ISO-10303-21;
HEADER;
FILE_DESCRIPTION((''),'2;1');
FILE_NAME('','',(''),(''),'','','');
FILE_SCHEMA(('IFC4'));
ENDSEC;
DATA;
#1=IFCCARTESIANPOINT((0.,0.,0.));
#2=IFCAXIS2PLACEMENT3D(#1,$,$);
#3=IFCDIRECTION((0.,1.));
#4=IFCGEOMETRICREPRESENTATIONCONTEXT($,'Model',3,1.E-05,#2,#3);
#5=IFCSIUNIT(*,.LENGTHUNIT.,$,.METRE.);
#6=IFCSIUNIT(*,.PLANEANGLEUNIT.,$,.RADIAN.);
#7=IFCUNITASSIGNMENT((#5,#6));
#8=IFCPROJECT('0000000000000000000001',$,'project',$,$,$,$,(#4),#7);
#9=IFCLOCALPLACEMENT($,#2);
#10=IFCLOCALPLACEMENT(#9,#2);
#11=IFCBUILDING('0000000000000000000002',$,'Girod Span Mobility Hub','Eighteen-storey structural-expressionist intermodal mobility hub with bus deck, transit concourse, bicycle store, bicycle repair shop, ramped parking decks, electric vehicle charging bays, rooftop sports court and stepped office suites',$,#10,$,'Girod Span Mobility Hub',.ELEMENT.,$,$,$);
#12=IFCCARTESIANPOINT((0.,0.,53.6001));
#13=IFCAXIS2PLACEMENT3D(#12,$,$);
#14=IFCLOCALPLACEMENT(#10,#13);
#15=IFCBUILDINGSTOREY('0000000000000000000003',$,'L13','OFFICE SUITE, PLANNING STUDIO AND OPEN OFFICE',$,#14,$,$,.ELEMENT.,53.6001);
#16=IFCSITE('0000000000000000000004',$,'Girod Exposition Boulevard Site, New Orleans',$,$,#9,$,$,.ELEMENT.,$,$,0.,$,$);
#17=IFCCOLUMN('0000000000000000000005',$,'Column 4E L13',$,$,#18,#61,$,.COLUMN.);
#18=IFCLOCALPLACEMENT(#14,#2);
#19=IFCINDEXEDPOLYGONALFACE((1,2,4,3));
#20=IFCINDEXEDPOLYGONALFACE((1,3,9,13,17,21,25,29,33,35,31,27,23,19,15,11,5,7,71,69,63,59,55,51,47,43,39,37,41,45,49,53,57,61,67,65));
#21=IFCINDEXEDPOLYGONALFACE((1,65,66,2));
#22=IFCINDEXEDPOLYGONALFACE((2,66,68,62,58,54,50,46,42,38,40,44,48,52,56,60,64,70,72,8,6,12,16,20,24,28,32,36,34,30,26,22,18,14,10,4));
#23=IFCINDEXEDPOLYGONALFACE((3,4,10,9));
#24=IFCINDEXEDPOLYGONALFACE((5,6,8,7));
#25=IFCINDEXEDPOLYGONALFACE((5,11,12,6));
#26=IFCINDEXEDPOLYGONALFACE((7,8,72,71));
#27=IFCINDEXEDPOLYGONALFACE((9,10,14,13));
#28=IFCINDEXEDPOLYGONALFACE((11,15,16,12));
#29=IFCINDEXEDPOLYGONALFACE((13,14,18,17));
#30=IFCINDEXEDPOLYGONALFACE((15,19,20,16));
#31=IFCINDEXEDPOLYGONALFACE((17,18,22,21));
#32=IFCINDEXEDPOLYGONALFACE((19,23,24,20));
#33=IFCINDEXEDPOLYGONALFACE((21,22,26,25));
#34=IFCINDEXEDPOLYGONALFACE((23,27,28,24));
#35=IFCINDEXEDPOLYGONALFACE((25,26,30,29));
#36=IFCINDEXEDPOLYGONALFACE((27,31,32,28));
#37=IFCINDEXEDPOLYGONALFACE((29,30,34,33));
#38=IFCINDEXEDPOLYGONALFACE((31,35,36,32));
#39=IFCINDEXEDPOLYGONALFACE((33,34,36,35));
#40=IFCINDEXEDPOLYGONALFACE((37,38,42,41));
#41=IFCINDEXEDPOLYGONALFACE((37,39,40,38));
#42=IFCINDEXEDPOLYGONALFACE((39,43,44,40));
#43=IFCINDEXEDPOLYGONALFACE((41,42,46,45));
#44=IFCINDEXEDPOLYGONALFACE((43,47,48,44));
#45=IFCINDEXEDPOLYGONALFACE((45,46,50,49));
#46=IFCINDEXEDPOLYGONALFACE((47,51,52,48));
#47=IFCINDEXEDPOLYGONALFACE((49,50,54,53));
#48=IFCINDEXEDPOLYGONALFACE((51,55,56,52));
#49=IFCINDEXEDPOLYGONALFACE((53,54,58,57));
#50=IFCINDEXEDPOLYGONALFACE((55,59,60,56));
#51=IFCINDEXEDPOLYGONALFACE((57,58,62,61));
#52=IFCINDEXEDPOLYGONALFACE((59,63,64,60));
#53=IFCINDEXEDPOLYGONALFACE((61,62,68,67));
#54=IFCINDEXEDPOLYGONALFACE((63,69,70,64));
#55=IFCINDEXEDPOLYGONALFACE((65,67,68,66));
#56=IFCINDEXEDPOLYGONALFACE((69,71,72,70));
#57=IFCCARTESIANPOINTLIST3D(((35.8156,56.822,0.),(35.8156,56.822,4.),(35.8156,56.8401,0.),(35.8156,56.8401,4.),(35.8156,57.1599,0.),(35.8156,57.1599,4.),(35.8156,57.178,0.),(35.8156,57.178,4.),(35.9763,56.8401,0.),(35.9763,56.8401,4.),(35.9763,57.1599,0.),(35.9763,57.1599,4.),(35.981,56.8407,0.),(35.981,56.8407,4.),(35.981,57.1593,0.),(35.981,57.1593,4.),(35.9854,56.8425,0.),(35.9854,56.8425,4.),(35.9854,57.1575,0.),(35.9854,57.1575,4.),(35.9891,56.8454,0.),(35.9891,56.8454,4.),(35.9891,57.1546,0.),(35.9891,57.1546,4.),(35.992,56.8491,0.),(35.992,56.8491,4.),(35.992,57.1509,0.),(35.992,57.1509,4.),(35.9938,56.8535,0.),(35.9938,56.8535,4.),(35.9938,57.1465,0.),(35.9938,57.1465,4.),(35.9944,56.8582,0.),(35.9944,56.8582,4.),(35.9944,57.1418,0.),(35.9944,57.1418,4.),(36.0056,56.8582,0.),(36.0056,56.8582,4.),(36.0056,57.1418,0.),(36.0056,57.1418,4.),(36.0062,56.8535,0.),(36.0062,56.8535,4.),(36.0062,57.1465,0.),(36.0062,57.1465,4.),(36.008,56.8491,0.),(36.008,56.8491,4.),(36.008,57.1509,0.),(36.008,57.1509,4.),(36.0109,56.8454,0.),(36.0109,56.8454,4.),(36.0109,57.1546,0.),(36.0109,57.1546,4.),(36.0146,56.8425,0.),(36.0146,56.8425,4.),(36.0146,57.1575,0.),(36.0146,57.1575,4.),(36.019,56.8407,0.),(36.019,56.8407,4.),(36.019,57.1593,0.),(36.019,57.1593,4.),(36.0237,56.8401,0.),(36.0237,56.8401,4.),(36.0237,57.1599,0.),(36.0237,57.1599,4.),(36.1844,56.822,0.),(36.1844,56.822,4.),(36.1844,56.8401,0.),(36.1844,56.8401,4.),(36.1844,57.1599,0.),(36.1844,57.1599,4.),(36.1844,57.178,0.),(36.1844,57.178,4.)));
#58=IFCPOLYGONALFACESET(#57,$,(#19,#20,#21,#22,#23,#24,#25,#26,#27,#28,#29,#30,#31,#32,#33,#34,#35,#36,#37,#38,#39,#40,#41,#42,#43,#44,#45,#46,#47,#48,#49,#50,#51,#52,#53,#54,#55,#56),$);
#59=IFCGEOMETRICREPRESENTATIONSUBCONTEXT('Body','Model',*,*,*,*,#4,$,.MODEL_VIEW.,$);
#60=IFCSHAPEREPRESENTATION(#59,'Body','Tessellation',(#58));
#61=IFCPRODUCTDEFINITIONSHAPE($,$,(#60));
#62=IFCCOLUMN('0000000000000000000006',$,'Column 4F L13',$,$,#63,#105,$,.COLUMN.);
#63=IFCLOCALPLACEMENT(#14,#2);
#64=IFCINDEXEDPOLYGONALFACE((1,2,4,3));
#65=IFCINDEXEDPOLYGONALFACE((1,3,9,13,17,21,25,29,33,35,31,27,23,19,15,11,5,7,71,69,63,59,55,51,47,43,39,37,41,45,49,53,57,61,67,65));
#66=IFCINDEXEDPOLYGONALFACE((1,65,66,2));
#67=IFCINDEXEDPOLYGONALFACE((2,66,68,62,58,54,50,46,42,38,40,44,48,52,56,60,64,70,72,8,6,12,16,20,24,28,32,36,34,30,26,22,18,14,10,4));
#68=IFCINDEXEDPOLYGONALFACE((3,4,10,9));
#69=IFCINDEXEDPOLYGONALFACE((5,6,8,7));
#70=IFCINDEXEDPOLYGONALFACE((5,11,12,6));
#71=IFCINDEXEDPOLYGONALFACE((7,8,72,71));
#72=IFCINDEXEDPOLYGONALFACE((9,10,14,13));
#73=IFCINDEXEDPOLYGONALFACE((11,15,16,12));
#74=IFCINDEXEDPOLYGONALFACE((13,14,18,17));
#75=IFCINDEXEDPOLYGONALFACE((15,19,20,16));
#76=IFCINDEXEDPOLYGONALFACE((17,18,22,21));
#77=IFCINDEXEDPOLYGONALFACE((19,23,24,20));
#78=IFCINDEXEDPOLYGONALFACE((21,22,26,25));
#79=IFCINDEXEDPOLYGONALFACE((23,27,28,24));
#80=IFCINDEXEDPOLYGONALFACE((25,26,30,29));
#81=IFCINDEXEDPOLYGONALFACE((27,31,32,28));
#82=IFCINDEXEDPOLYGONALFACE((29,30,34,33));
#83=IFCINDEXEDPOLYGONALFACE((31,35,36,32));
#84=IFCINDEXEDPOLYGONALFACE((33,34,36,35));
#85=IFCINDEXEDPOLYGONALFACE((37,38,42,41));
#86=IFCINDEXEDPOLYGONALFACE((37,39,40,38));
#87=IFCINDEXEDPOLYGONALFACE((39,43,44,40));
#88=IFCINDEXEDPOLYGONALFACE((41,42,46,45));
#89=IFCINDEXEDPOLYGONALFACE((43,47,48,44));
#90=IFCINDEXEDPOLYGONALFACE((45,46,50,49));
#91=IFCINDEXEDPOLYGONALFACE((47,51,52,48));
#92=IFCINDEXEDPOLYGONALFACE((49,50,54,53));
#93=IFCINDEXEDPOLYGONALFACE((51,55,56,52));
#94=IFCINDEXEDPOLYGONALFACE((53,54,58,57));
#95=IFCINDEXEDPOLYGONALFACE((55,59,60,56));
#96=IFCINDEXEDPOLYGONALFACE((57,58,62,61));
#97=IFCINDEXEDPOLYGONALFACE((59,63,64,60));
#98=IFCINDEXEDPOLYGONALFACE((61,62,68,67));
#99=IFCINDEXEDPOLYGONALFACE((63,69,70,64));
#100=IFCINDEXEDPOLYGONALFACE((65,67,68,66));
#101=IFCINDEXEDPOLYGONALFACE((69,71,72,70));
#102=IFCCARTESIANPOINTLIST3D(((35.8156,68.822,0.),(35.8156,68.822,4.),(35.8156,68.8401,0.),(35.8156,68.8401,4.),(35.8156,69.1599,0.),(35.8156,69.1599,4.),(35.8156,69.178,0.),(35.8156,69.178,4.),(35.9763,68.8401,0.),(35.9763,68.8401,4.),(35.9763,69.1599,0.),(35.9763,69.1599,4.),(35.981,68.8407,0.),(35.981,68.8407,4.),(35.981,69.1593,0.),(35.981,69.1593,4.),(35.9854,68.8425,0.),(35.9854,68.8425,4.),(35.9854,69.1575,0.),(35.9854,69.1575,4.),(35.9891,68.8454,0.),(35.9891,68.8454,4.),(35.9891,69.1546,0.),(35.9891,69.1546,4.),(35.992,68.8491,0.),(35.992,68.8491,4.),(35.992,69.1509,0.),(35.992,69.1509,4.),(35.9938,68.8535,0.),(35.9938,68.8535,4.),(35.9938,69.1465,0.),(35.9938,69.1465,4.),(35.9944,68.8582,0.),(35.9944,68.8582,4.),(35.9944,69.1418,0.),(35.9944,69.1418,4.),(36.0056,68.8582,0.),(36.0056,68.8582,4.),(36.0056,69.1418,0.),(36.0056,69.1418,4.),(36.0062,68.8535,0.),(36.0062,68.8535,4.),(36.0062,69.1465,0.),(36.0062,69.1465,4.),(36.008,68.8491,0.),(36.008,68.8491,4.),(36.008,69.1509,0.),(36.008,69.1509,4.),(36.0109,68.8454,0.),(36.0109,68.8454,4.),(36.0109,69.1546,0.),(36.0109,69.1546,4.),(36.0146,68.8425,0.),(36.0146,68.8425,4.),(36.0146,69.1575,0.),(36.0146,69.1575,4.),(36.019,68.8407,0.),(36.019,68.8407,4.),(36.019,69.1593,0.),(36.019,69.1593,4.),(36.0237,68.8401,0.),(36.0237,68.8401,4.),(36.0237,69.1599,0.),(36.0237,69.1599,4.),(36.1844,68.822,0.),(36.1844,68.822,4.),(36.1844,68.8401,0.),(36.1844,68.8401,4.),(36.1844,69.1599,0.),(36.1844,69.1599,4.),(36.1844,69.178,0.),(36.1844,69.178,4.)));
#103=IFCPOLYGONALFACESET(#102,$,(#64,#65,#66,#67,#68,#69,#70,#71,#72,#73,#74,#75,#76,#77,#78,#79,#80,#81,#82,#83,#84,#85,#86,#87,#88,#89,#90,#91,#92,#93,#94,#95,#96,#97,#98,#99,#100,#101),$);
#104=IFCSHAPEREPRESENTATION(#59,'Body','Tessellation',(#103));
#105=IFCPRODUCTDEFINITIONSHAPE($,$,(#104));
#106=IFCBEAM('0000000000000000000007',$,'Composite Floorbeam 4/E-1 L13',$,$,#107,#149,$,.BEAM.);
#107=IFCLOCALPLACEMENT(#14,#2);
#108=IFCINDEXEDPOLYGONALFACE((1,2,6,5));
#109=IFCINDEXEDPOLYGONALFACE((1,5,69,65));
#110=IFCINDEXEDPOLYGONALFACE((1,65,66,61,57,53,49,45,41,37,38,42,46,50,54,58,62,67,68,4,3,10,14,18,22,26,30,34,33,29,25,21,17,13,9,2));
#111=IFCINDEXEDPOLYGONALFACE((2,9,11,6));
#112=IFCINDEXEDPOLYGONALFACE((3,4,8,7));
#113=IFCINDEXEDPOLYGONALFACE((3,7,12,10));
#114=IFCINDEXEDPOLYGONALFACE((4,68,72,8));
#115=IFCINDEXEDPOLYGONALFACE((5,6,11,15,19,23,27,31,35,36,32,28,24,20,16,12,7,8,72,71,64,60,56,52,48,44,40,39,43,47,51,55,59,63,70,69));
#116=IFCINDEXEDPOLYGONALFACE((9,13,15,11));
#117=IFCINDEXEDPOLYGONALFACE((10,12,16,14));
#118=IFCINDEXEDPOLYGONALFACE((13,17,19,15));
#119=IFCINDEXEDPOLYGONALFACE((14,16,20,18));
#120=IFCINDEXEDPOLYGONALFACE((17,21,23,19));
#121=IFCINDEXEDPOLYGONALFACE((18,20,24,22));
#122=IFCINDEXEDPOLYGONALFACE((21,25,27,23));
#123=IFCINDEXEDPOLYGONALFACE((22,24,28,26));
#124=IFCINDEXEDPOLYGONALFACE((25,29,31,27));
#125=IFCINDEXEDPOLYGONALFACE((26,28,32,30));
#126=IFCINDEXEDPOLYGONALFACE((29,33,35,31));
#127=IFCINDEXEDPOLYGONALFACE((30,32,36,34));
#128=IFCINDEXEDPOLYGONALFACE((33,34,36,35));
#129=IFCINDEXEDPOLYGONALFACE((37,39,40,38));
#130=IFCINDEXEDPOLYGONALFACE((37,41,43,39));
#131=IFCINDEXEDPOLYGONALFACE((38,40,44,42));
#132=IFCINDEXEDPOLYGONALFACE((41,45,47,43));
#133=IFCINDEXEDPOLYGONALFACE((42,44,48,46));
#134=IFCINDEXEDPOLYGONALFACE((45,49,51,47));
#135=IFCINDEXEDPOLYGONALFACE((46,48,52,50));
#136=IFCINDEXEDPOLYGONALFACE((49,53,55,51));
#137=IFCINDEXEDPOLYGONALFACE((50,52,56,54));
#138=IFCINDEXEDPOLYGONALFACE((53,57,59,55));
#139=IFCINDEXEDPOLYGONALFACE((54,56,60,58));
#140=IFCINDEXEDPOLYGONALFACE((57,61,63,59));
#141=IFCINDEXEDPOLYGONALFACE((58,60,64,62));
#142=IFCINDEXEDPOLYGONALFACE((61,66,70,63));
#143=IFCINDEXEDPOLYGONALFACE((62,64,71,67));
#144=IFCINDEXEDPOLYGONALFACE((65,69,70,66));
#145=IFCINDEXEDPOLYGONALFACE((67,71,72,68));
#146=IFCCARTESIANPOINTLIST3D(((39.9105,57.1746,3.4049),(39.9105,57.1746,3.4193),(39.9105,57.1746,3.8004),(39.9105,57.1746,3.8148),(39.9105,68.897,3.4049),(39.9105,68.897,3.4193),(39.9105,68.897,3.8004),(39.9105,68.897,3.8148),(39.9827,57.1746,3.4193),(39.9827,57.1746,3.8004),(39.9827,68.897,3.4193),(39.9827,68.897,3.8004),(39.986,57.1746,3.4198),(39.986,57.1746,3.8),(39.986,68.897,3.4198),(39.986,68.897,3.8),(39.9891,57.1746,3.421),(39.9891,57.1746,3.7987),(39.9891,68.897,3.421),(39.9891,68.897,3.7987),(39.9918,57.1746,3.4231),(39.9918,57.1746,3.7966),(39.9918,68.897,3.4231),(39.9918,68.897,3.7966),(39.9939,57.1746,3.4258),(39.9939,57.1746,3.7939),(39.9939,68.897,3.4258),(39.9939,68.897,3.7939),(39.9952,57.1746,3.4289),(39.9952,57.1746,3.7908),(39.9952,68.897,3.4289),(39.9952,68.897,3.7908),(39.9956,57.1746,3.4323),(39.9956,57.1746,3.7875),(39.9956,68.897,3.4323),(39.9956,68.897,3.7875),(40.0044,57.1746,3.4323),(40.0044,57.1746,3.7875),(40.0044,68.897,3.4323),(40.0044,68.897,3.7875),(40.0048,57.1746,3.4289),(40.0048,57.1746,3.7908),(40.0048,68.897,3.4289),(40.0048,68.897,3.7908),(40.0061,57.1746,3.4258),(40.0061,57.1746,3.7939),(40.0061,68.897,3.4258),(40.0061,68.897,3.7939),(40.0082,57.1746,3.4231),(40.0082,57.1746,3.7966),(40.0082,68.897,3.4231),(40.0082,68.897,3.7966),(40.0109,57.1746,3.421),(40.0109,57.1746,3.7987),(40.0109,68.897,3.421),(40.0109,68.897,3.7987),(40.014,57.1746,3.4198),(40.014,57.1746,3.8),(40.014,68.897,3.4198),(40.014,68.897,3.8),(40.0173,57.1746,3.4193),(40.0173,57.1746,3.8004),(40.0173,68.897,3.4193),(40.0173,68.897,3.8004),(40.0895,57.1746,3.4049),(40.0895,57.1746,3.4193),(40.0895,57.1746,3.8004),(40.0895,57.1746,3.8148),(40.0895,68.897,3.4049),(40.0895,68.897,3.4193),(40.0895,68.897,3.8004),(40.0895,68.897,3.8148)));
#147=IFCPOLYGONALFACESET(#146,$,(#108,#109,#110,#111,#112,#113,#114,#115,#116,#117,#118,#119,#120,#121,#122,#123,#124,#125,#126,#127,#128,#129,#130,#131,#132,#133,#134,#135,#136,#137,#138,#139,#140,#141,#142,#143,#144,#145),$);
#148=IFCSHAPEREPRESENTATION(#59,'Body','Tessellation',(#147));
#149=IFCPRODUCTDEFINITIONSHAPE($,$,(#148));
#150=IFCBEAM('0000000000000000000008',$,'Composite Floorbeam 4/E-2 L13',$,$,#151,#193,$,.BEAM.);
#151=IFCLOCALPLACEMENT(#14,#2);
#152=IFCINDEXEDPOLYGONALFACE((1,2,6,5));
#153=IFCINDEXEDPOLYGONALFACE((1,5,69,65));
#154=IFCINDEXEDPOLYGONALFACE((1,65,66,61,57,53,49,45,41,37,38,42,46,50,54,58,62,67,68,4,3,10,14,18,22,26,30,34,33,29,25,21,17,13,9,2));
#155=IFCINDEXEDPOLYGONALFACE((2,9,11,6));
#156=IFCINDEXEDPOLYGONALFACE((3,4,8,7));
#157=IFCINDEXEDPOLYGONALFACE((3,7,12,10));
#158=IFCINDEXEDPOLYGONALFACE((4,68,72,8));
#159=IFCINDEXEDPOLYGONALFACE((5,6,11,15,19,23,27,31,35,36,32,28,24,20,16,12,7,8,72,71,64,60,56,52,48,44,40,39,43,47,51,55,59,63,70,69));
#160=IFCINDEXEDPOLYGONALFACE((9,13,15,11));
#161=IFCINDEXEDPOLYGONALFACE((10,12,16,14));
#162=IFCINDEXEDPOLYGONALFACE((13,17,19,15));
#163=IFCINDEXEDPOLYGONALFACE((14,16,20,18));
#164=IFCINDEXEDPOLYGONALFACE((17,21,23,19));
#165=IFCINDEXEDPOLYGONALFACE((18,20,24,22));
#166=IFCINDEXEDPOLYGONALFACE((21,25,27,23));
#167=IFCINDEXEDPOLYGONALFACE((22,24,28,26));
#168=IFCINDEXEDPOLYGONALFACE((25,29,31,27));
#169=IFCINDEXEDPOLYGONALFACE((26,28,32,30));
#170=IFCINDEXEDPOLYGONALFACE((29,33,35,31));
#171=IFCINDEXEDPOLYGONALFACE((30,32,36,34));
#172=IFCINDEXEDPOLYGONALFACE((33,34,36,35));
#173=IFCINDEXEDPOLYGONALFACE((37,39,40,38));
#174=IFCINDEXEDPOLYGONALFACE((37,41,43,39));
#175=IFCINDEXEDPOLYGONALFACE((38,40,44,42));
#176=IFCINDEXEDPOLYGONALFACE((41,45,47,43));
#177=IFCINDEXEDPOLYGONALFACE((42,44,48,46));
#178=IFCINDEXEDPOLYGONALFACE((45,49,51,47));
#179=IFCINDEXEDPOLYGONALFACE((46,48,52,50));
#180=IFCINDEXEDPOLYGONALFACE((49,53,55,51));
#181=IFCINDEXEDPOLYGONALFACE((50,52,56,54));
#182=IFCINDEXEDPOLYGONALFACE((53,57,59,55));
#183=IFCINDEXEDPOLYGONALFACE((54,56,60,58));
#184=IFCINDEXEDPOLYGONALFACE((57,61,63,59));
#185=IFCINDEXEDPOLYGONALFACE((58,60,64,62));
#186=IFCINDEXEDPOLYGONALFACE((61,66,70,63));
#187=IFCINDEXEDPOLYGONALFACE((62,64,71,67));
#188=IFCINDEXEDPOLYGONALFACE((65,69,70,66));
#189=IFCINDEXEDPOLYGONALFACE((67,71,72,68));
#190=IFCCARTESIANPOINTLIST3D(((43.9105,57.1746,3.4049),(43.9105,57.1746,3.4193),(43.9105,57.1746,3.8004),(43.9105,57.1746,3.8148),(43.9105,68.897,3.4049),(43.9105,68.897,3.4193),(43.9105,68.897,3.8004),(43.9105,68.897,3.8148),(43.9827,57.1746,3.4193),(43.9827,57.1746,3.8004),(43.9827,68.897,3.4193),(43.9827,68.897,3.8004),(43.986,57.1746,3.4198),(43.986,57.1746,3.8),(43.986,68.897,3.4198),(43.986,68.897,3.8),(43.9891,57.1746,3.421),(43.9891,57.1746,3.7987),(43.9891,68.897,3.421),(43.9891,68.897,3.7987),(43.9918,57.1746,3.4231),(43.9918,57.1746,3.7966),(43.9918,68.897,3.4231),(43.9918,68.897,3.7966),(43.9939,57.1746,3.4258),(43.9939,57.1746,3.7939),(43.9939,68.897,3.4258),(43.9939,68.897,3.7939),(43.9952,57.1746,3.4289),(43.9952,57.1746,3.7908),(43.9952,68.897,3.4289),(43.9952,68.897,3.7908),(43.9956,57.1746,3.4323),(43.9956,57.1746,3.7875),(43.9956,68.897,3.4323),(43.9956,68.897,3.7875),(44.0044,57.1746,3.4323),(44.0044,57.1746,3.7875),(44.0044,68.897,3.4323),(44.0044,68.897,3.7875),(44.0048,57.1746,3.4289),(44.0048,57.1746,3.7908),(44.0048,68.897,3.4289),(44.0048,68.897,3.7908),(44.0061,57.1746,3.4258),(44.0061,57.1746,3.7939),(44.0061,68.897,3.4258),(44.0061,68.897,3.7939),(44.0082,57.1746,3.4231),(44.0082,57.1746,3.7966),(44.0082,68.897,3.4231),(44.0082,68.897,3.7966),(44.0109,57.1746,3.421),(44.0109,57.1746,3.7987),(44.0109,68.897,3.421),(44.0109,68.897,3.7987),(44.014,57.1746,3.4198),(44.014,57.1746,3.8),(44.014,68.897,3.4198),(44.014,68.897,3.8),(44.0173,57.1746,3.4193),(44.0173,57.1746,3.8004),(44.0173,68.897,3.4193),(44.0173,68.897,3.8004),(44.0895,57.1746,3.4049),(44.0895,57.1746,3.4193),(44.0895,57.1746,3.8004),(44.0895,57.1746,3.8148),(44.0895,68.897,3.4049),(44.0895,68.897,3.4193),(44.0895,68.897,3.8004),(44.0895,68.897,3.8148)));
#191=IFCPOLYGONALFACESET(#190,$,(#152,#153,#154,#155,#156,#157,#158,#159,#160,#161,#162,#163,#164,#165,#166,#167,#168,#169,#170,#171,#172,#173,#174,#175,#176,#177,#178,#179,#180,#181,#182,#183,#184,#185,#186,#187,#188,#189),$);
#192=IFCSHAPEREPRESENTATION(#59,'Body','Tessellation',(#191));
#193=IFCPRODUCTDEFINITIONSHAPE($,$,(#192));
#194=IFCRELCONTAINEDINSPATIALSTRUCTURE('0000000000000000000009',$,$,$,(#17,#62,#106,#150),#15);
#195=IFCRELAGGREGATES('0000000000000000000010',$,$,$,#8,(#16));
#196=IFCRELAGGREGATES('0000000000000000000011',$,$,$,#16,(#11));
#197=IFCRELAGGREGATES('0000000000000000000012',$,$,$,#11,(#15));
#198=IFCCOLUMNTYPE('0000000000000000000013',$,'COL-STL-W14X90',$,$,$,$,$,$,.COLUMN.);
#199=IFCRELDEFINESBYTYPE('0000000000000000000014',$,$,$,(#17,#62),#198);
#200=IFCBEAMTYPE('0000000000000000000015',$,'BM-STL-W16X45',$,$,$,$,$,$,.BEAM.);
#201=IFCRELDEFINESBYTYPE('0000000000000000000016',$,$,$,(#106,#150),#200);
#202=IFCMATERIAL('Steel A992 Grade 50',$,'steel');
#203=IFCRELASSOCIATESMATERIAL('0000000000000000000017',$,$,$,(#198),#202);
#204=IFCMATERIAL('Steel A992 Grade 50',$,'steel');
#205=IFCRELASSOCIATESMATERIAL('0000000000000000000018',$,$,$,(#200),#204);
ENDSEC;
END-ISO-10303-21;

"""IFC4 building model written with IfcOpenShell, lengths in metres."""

from ifc_helpers import new_model, si_unit, direction, frame, origin, origin_2d, place, context, subcontext, project, spatial, i_section, extrude, material, material_profile, profile_set, type_object, element, save


model = new_model("IFC4")

# Units and contexts
model_context = context("Model", 3, precision=1e-05, world=origin(), true_north=direction((0.0, 1.0)))
body_context = subcontext(model_context, "Body", "Model", "MODEL_VIEW")
ifc_project = project(units=[si_unit("LENGTHUNIT", "METRE"), si_unit("PLANEANGLEUNIT", "RADIAN")], contexts=[model_context])

# Site, building, storey
site_placement = place(None, origin())
site = spatial("IfcSite", under=ifc_project, at=site_placement, Name="Girod Exposition Boulevard Site, New Orleans", CompositionType="ELEMENT", RefElevation=0.0)
building_placement = place(site_placement, origin())
building = spatial("IfcBuilding", under=site, at=building_placement, Name="Girod Span Mobility Hub", Description="Eighteen-storey structural-expressionist intermodal mobility hub with bus deck, transit concourse, bicycle store, bicycle repair shop, ramped parking decks, electric vehicle charging bays, rooftop sports court and stepped office suites", LongName="Girod Span Mobility Hub", CompositionType="ELEMENT")
storey_placement = place(building_placement, frame((0.0, 0.0, 53.6001)))
storey = spatial("IfcBuildingStorey", under=building, at=storey_placement, Name="L13", Description="OFFICE SUITE, PLANNING STUDIO AND OPEN OFFICE", CompositionType="ELEMENT", Elevation=53.6001)

# Columns
ifc_material_1 = material(Name="Steel A992 Grade 50", Category="steel")
ifc_material_profile_1 = material_profile(ifc_material_1, i_section(OverallWidth=0.3689, OverallDepth=0.356, WebThickness=0.0112, FlangeThickness=0.0181, FilletRadius=0.0181, at=origin_2d()), Name="W14X90")
ifc_profile_set_1 = profile_set([ifc_material_profile_1], Name="Steel A992 Grade 50")
column_type = type_object("IfcColumnType", Name="COL-STL-W14X90", PredefinedType="COLUMN", material=ifc_profile_set_1)
for number, where, z_axis, x_axis, name in (
    (1, (36.0, 57.0, 0.0), (0.0, 0.0, 1.0), (1.0, 0.0, 0.0), "Column 4E L13"),
    (2, (36.0, 69.0, 0.0), (0.0, 0.0, 1.0), (1.0, 0.0, 0.0), "Column 4F L13"),
):
    element("IfcColumn", number, at=place(storey_placement, frame(where, z_axis=z_axis, x_axis=x_axis)), inside=storey, type_object=column_type, Name=name, PredefinedType="COLUMN", context=body_context, shape_type="SweptSolid", body=[
        extrude(i_section(OverallWidth=0.3689, OverallDepth=0.356, WebThickness=0.0112, FlangeThickness=0.0181, FilletRadius=0.0181, at=origin_2d()), origin(), (0.0, 0.0, 1.0), 4.0),
    ])

# Beams
ifc_material_2 = material(Name="Steel A992 Grade 50", Category="steel")
ifc_material_profile_2 = material_profile(ifc_material_2, i_section(OverallWidth=0.179, OverallDepth=0.4099, WebThickness=0.0088, FlangeThickness=0.0144, FilletRadius=0.0129, at=origin_2d()), Name="W16X45")
ifc_profile_set_2 = profile_set([ifc_material_profile_2], Name="Steel A992 Grade 50")
beam_type_1 = type_object("IfcBeamType", Name="BM-STL-W16X45", PredefinedType="BEAM", material=ifc_profile_set_2)
for number, where, z_axis, x_axis, name in (
    (3, (40.0, 57.1746, 3.6099), (0.0, 1.0, 0.0), (-1.0, 0.0, 0.0), "Composite Floorbeam 4/E-1 L13"),
    (4, (44.0, 57.1746, 3.6099), (0.0, 1.0, 0.0), (-1.0, 0.0, 0.0), "Composite Floorbeam 4/E-2 L13"),
):
    element("IfcBeam", number, at=place(storey_placement, frame(where, z_axis=z_axis, x_axis=x_axis)), inside=storey, type_object=beam_type_1, Name=name, PredefinedType="BEAM", context=body_context, shape_type="SweptSolid", body=[
        extrude(i_section(OverallWidth=0.179, OverallDepth=0.4099, WebThickness=0.0088, FlangeThickness=0.0144, FilletRadius=0.0129, at=origin_2d()), origin(), (0.0, 0.0, 1.0), 11.7224),
    ])

save(model, "model.ifc")
